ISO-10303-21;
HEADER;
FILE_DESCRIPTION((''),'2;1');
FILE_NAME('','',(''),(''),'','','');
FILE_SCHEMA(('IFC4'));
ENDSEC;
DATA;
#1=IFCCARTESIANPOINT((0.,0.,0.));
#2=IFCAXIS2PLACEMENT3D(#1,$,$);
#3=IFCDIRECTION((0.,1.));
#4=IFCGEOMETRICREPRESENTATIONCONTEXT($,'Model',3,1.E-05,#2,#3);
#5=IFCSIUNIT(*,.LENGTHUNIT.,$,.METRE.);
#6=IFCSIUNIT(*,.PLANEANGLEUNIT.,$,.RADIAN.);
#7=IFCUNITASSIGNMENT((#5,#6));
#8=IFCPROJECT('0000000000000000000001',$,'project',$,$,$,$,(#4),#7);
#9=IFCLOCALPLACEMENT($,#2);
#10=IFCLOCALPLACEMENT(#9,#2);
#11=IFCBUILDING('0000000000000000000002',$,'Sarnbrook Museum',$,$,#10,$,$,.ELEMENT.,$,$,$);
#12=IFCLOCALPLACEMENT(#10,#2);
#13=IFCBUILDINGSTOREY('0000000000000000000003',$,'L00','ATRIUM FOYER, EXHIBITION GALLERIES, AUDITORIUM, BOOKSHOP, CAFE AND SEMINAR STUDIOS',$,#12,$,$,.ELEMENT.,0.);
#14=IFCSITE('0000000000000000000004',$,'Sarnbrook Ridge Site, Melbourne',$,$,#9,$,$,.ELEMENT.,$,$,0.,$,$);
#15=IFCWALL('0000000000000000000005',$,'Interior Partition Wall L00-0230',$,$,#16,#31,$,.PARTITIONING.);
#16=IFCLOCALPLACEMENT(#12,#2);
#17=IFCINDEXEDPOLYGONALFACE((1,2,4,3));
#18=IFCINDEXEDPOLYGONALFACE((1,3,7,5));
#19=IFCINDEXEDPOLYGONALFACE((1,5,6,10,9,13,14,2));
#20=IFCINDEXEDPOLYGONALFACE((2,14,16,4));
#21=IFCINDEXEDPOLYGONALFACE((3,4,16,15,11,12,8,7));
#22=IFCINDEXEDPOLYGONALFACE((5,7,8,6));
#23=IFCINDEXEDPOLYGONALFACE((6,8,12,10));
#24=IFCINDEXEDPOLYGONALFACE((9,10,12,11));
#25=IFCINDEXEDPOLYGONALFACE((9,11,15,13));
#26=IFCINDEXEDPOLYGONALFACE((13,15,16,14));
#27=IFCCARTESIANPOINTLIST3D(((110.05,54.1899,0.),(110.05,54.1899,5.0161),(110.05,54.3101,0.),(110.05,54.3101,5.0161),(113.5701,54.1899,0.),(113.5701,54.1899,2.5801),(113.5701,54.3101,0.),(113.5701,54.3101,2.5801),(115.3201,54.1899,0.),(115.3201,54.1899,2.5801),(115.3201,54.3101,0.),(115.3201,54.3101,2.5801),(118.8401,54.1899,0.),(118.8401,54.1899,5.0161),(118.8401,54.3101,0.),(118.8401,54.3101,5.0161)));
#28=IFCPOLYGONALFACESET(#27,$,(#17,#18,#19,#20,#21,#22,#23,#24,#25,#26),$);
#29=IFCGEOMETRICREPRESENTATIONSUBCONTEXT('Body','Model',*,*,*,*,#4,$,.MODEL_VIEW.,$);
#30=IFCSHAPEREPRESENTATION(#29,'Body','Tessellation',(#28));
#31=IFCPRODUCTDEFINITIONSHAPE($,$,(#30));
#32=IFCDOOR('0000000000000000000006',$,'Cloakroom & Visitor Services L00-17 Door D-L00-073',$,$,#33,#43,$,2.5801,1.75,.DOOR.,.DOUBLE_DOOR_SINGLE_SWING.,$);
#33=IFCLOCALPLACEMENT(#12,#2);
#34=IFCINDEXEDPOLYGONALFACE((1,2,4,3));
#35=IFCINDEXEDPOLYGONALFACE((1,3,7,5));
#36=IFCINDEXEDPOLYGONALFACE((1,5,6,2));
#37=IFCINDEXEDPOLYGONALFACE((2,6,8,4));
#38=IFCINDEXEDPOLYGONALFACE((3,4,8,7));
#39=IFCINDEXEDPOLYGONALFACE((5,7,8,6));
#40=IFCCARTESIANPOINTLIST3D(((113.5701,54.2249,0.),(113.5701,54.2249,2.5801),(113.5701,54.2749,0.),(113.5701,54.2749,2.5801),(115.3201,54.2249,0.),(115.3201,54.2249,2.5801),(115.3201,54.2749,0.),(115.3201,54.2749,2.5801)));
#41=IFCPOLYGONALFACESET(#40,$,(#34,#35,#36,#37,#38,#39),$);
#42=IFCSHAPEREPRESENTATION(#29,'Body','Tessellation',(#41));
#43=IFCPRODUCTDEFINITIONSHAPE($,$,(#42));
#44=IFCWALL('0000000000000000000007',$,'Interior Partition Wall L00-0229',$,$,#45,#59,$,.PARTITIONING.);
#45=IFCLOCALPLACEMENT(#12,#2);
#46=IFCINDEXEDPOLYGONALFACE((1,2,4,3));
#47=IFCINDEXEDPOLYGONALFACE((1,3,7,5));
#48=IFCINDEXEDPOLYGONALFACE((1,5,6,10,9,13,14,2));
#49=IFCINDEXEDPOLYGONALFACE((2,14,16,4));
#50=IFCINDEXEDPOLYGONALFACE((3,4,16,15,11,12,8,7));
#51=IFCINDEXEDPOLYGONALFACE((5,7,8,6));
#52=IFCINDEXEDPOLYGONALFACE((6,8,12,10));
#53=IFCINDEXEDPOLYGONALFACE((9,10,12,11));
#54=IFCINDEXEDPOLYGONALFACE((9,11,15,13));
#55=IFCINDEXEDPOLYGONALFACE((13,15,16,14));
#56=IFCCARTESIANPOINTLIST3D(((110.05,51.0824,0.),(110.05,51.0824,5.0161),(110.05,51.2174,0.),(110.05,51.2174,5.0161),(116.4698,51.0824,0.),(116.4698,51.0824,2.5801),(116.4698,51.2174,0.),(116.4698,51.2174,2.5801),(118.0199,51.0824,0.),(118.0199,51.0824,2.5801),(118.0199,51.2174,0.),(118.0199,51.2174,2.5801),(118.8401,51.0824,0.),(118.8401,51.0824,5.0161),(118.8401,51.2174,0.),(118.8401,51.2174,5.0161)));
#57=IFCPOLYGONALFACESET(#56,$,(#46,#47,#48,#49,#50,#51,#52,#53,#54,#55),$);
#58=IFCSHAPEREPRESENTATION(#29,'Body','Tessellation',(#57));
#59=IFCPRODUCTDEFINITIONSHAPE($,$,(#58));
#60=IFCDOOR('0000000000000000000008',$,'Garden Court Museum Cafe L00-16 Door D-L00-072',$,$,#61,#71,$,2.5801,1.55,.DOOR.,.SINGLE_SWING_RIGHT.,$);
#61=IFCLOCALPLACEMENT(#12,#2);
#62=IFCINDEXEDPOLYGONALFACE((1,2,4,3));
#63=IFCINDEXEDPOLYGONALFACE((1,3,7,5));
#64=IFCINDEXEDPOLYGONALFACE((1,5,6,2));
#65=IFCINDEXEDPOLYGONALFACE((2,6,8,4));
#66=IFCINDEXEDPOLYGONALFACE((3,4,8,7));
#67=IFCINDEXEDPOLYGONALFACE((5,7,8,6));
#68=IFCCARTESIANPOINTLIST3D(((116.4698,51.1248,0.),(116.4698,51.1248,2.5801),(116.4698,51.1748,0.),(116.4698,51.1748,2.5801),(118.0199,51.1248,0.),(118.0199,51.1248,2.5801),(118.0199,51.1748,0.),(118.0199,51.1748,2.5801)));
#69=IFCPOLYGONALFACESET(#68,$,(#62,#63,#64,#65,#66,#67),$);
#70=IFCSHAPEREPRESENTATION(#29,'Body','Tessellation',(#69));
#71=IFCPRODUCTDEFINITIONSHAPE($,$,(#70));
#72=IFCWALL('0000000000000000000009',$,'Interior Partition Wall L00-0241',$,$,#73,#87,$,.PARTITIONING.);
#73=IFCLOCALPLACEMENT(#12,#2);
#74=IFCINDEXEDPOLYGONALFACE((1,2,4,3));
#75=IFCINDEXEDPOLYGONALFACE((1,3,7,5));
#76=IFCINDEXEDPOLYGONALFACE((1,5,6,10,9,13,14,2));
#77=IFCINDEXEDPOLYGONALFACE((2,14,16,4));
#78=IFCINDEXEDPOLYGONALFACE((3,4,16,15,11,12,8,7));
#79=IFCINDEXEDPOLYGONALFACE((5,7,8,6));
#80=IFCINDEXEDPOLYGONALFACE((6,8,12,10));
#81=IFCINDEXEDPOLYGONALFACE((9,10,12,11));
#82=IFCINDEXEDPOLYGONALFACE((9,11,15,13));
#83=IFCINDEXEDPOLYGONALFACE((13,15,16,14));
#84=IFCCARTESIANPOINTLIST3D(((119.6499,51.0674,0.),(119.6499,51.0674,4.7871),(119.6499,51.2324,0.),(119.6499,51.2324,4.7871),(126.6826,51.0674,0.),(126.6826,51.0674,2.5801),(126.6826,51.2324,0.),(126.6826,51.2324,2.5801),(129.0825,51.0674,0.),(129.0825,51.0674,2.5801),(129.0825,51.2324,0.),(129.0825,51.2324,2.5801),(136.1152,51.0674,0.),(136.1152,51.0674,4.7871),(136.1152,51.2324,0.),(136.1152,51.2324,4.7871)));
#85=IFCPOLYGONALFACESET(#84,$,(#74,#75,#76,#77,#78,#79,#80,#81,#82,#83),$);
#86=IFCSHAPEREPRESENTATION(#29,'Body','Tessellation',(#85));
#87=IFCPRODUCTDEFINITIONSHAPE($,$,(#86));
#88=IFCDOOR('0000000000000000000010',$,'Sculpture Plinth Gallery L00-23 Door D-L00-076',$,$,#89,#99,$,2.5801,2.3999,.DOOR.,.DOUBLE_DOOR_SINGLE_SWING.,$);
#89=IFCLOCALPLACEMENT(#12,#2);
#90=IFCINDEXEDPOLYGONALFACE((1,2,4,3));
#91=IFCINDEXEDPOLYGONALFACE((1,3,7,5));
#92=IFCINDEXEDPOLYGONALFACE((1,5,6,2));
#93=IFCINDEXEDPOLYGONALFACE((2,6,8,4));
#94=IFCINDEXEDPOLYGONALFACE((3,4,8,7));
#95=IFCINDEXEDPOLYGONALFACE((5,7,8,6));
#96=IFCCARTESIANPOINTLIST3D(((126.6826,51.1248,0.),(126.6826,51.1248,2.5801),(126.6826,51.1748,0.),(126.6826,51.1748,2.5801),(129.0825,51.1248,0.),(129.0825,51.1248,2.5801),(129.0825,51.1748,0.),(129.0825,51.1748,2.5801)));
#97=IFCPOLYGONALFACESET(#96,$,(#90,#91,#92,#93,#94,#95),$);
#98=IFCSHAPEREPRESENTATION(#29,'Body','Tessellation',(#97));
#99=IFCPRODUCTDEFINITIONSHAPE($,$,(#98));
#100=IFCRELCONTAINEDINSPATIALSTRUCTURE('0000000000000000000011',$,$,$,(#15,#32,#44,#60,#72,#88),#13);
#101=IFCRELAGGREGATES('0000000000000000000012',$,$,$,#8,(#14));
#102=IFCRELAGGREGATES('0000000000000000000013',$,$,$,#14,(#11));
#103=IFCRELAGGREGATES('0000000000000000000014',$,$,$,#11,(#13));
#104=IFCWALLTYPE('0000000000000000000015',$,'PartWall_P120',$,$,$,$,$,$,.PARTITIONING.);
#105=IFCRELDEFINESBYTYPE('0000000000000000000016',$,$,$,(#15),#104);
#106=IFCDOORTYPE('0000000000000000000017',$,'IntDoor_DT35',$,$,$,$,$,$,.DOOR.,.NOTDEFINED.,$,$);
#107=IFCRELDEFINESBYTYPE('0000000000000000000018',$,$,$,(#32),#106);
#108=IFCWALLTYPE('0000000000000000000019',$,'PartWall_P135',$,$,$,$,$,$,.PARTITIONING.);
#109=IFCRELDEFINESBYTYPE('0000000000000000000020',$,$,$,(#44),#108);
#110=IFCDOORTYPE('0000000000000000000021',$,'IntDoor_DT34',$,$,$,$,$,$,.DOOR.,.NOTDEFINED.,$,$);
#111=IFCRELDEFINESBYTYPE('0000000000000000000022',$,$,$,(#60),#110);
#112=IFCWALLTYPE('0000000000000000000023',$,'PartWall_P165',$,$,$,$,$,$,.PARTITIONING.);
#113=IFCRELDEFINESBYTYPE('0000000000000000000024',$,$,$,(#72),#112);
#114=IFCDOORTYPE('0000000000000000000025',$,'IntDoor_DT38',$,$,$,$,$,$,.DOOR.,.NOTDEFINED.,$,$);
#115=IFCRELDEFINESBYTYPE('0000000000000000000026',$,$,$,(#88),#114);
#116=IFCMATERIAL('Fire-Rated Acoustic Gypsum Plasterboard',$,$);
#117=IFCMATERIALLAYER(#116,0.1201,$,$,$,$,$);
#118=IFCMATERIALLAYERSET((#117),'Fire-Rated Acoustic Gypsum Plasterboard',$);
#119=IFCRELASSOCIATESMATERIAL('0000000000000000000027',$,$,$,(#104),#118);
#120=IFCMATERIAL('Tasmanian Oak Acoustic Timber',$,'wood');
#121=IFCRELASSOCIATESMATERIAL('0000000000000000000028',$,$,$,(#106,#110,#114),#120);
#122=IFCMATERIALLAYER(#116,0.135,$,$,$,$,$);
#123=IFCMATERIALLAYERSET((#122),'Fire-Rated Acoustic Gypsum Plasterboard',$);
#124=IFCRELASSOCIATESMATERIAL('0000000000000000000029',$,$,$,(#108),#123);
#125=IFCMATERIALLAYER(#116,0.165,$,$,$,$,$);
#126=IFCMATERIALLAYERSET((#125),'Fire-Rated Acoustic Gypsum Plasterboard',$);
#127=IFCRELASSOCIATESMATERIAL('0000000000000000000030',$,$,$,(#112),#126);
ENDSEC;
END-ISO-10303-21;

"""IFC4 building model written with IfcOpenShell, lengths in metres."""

from ifc_helpers import new_model, si_unit, direction, frame, frame_2d, origin, place, context, subcontext, project, spatial, rectangle, extrude, material, layer, layer_set, type_object, element, fill, save


model = new_model("IFC4")

# Units and contexts
model_context = context("Model", 3, precision=1e-05, world=origin(), true_north=direction((0.0, 1.0)))
body_context = subcontext(model_context, "Body", "Model", "MODEL_VIEW")
ifc_project = project(units=[si_unit("LENGTHUNIT", "METRE"), si_unit("PLANEANGLEUNIT", "RADIAN")], contexts=[model_context])

# Site, building, storey
site_placement = place(None, origin())
site = spatial("IfcSite", under=ifc_project, at=site_placement, Name="Sarnbrook Ridge Site, Melbourne", CompositionType="ELEMENT", RefElevation=0.0)
building_placement = place(site_placement, origin())
building = spatial("IfcBuilding", under=site, at=building_placement, Name="Sarnbrook Museum", CompositionType="ELEMENT")
storey_placement = place(building_placement, origin())
storey = spatial("IfcBuildingStorey", under=building, at=storey_placement, Name="L00", Description="ATRIUM FOYER, EXHIBITION GALLERIES, AUDITORIUM, BOOKSHOP, CAFE AND SEMINAR STUDIOS", CompositionType="ELEMENT", Elevation=0.0)

# Walls, openings, doors
ifc_material_1 = material(Name="Fire-Rated Acoustic Gypsum Plasterboard")
ifc_layer_1 = layer(ifc_material_1, 0.1201)
ifc_layer_set_1 = layer_set([ifc_layer_1], Name="Fire-Rated Acoustic Gypsum Plasterboard")
wall_type_1 = type_object("IfcWallType", Name="PartWall_P120", PredefinedType="PARTITIONING", material=ifc_layer_set_1)
wall_1_placement = place(storey_placement, frame((118.8401, 54.25, 0.0), z_axis=(0.0, 0.0, 1.0), x_axis=(-1.0, 0.0, 0.0)))
wall_1 = element("IfcWall", 1, at=wall_1_placement, inside=storey, type_object=wall_type_1, Name="Interior Partition Wall L00-0230", PredefinedType="PARTITIONING", context=body_context, shape_type="SweptSolid", body=[
    extrude(rectangle(XDim=8.79, YDim=0.1201, at=frame_2d((4.395, 0.0))), origin(), (0.0, 0.0, 1.0), 5.0161),
])
opening_1_placement = place(wall_1_placement, frame((3.52, 0.0, 0.0)))
opening_1 = element("IfcOpeningElement", 2, at=opening_1_placement, cuts=wall_1, PredefinedType="OPENING", context=body_context, shape_type="SweptSolid", body=[
    extrude(rectangle(XDim=1.75, YDim=2.5801, at=frame_2d((0.875, 1.29))), frame((0.0, 0.0701, 0.0), z_axis=(0.0, -1.0, 0.0), x_axis=(1.0, 0.0, 0.0)), (0.0, 0.0, 1.0), 0.1401),
])
ifc_material_2 = material(Name="Tasmanian Oak Acoustic Timber", Category="wood")
door_type_1 = type_object("IfcDoorType", Name="IntDoor_DT35", OperationType="NOTDEFINED", PredefinedType="DOOR", material=ifc_material_2)
door_1_placement = place(opening_1_placement, frame((1.75, 0.0, 0.0), z_axis=(0.0, 0.0, 1.0), x_axis=(-1.0, 0.0, 0.0)))
door_1 = element("IfcDoor", 3, at=door_1_placement, inside=storey, type_object=door_type_1, Name="Cloakroom & Visitor Services L00-17 Door D-L00-073", OperationType="DOUBLE_DOOR_SINGLE_SWING", OverallHeight=2.5801, OverallWidth=1.75, PredefinedType="DOOR", context=body_context, shape_type="SweptSolid", body=[
    extrude(rectangle(XDim=1.75, YDim=2.5801, at=frame_2d((0.875, 1.29))), frame((0.0, 0.0249, 0.0), z_axis=(0.0, -1.0, 0.0), x_axis=(1.0, 0.0, 0.0)), (0.0, 0.0, 1.0), 0.05),
])
fill(opening_1, door_1)
ifc_layer_2 = layer(ifc_material_1, 0.135)
ifc_layer_set_2 = layer_set([ifc_layer_2], Name="Fire-Rated Acoustic Gypsum Plasterboard")
wall_type_2 = type_object("IfcWallType", Name="PartWall_P135", PredefinedType="PARTITIONING", material=ifc_layer_set_2)
wall_2_placement = place(storey_placement, frame((110.05, 51.1499, 0.0), z_axis=(0.0, 0.0, 1.0), x_axis=(1.0, 0.0, 0.0)))
wall_2 = element("IfcWall", 4, at=wall_2_placement, inside=storey, type_object=wall_type_2, Name="Interior Partition Wall L00-0229", PredefinedType="PARTITIONING", context=body_context, shape_type="SweptSolid", body=[
    extrude(rectangle(XDim=8.79, YDim=0.135, at=frame_2d((4.395, 0.0))), origin(), (0.0, 0.0, 1.0), 5.0161),
])
opening_2_placement = place(wall_2_placement, frame((6.4199, 0.0, 0.0)))
opening_2 = element("IfcOpeningElement", 5, at=opening_2_placement, cuts=wall_2, PredefinedType="OPENING", context=body_context, shape_type="SweptSolid", body=[
    extrude(rectangle(XDim=1.55, YDim=2.5801, at=frame_2d((0.7749, 1.29))), frame((0.0, 0.0776, 0.0), z_axis=(0.0, -1.0, 0.0), x_axis=(1.0, 0.0, 0.0)), (0.0, 0.0, 1.0), 0.155),
])
door_type_2 = type_object("IfcDoorType", Name="IntDoor_DT34", OperationType="NOTDEFINED", PredefinedType="DOOR", material=ifc_material_2)
door_2_placement = place(opening_2_placement, origin())
door_2 = element("IfcDoor", 6, at=door_2_placement, inside=storey, type_object=door_type_2, Name="Garden Court Museum Cafe L00-16 Door D-L00-072", OperationType="SINGLE_SWING_RIGHT", OverallHeight=2.5801, OverallWidth=1.55, PredefinedType="DOOR", context=body_context, shape_type="SweptSolid", body=[
    extrude(rectangle(XDim=1.55, YDim=2.5801, at=frame_2d((0.7749, 1.29))), frame((0.0, 0.0249, 0.0), z_axis=(0.0, -1.0, 0.0), x_axis=(1.0, 0.0, 0.0)), (0.0, 0.0, 1.0), 0.05),
])
fill(opening_2, door_2)
ifc_layer_3 = layer(ifc_material_1, 0.165)
ifc_layer_set_3 = layer_set([ifc_layer_3], Name="Fire-Rated Acoustic Gypsum Plasterboard")
wall_type_3 = type_object("IfcWallType", Name="PartWall_P165", PredefinedType="PARTITIONING", material=ifc_layer_set_3)
wall_3_placement = place(storey_placement, frame((119.6499, 51.1499, 0.0), z_axis=(0.0, 0.0, 1.0), x_axis=(1.0, 0.0, 0.0)))
wall_3 = element("IfcWall", 7, at=wall_3_placement, inside=storey, type_object=wall_type_3, Name="Interior Partition Wall L00-0241", PredefinedType="PARTITIONING", context=body_context, shape_type="SweptSolid", body=[
    extrude(rectangle(XDim=16.4653, YDim=0.165, at=frame_2d((8.2327, 0.0))), origin(), (0.0, 0.0, 1.0), 4.7871),
])
opening_3_placement = place(wall_3_placement, frame((7.0327, 0.0, 0.0)))
opening_3 = element("IfcOpeningElement", 8, at=opening_3_placement, cuts=wall_3, PredefinedType="OPENING", context=body_context, shape_type="SweptSolid", body=[
    extrude(rectangle(XDim=2.3999, YDim=2.5801, at=frame_2d((1.2, 1.29))), frame((0.0, 0.0925, 0.0), z_axis=(0.0, -1.0, 0.0), x_axis=(1.0, 0.0, 0.0)), (0.0, 0.0, 1.0), 0.1851),
])
door_type_3 = type_object("IfcDoorType", Name="IntDoor_DT38", OperationType="NOTDEFINED", PredefinedType="DOOR", material=ifc_material_2)
door_3_placement = place(opening_3_placement, origin())
door_3 = element("IfcDoor", 9, at=door_3_placement, inside=storey, type_object=door_type_3, Name="Sculpture Plinth Gallery L00-23 Door D-L00-076", OperationType="DOUBLE_DOOR_SINGLE_SWING", OverallHeight=2.5801, OverallWidth=2.3999, PredefinedType="DOOR", context=body_context, shape_type="SweptSolid", body=[
    extrude(rectangle(XDim=2.3999, YDim=2.5801, at=frame_2d((1.2, 1.29))), frame((0.0, 0.0249, 0.0), z_axis=(0.0, -1.0, 0.0), x_axis=(1.0, 0.0, 0.0)), (0.0, 0.0, 1.0), 0.05),
])
fill(opening_3, door_3)

save(model, "model.ifc")
